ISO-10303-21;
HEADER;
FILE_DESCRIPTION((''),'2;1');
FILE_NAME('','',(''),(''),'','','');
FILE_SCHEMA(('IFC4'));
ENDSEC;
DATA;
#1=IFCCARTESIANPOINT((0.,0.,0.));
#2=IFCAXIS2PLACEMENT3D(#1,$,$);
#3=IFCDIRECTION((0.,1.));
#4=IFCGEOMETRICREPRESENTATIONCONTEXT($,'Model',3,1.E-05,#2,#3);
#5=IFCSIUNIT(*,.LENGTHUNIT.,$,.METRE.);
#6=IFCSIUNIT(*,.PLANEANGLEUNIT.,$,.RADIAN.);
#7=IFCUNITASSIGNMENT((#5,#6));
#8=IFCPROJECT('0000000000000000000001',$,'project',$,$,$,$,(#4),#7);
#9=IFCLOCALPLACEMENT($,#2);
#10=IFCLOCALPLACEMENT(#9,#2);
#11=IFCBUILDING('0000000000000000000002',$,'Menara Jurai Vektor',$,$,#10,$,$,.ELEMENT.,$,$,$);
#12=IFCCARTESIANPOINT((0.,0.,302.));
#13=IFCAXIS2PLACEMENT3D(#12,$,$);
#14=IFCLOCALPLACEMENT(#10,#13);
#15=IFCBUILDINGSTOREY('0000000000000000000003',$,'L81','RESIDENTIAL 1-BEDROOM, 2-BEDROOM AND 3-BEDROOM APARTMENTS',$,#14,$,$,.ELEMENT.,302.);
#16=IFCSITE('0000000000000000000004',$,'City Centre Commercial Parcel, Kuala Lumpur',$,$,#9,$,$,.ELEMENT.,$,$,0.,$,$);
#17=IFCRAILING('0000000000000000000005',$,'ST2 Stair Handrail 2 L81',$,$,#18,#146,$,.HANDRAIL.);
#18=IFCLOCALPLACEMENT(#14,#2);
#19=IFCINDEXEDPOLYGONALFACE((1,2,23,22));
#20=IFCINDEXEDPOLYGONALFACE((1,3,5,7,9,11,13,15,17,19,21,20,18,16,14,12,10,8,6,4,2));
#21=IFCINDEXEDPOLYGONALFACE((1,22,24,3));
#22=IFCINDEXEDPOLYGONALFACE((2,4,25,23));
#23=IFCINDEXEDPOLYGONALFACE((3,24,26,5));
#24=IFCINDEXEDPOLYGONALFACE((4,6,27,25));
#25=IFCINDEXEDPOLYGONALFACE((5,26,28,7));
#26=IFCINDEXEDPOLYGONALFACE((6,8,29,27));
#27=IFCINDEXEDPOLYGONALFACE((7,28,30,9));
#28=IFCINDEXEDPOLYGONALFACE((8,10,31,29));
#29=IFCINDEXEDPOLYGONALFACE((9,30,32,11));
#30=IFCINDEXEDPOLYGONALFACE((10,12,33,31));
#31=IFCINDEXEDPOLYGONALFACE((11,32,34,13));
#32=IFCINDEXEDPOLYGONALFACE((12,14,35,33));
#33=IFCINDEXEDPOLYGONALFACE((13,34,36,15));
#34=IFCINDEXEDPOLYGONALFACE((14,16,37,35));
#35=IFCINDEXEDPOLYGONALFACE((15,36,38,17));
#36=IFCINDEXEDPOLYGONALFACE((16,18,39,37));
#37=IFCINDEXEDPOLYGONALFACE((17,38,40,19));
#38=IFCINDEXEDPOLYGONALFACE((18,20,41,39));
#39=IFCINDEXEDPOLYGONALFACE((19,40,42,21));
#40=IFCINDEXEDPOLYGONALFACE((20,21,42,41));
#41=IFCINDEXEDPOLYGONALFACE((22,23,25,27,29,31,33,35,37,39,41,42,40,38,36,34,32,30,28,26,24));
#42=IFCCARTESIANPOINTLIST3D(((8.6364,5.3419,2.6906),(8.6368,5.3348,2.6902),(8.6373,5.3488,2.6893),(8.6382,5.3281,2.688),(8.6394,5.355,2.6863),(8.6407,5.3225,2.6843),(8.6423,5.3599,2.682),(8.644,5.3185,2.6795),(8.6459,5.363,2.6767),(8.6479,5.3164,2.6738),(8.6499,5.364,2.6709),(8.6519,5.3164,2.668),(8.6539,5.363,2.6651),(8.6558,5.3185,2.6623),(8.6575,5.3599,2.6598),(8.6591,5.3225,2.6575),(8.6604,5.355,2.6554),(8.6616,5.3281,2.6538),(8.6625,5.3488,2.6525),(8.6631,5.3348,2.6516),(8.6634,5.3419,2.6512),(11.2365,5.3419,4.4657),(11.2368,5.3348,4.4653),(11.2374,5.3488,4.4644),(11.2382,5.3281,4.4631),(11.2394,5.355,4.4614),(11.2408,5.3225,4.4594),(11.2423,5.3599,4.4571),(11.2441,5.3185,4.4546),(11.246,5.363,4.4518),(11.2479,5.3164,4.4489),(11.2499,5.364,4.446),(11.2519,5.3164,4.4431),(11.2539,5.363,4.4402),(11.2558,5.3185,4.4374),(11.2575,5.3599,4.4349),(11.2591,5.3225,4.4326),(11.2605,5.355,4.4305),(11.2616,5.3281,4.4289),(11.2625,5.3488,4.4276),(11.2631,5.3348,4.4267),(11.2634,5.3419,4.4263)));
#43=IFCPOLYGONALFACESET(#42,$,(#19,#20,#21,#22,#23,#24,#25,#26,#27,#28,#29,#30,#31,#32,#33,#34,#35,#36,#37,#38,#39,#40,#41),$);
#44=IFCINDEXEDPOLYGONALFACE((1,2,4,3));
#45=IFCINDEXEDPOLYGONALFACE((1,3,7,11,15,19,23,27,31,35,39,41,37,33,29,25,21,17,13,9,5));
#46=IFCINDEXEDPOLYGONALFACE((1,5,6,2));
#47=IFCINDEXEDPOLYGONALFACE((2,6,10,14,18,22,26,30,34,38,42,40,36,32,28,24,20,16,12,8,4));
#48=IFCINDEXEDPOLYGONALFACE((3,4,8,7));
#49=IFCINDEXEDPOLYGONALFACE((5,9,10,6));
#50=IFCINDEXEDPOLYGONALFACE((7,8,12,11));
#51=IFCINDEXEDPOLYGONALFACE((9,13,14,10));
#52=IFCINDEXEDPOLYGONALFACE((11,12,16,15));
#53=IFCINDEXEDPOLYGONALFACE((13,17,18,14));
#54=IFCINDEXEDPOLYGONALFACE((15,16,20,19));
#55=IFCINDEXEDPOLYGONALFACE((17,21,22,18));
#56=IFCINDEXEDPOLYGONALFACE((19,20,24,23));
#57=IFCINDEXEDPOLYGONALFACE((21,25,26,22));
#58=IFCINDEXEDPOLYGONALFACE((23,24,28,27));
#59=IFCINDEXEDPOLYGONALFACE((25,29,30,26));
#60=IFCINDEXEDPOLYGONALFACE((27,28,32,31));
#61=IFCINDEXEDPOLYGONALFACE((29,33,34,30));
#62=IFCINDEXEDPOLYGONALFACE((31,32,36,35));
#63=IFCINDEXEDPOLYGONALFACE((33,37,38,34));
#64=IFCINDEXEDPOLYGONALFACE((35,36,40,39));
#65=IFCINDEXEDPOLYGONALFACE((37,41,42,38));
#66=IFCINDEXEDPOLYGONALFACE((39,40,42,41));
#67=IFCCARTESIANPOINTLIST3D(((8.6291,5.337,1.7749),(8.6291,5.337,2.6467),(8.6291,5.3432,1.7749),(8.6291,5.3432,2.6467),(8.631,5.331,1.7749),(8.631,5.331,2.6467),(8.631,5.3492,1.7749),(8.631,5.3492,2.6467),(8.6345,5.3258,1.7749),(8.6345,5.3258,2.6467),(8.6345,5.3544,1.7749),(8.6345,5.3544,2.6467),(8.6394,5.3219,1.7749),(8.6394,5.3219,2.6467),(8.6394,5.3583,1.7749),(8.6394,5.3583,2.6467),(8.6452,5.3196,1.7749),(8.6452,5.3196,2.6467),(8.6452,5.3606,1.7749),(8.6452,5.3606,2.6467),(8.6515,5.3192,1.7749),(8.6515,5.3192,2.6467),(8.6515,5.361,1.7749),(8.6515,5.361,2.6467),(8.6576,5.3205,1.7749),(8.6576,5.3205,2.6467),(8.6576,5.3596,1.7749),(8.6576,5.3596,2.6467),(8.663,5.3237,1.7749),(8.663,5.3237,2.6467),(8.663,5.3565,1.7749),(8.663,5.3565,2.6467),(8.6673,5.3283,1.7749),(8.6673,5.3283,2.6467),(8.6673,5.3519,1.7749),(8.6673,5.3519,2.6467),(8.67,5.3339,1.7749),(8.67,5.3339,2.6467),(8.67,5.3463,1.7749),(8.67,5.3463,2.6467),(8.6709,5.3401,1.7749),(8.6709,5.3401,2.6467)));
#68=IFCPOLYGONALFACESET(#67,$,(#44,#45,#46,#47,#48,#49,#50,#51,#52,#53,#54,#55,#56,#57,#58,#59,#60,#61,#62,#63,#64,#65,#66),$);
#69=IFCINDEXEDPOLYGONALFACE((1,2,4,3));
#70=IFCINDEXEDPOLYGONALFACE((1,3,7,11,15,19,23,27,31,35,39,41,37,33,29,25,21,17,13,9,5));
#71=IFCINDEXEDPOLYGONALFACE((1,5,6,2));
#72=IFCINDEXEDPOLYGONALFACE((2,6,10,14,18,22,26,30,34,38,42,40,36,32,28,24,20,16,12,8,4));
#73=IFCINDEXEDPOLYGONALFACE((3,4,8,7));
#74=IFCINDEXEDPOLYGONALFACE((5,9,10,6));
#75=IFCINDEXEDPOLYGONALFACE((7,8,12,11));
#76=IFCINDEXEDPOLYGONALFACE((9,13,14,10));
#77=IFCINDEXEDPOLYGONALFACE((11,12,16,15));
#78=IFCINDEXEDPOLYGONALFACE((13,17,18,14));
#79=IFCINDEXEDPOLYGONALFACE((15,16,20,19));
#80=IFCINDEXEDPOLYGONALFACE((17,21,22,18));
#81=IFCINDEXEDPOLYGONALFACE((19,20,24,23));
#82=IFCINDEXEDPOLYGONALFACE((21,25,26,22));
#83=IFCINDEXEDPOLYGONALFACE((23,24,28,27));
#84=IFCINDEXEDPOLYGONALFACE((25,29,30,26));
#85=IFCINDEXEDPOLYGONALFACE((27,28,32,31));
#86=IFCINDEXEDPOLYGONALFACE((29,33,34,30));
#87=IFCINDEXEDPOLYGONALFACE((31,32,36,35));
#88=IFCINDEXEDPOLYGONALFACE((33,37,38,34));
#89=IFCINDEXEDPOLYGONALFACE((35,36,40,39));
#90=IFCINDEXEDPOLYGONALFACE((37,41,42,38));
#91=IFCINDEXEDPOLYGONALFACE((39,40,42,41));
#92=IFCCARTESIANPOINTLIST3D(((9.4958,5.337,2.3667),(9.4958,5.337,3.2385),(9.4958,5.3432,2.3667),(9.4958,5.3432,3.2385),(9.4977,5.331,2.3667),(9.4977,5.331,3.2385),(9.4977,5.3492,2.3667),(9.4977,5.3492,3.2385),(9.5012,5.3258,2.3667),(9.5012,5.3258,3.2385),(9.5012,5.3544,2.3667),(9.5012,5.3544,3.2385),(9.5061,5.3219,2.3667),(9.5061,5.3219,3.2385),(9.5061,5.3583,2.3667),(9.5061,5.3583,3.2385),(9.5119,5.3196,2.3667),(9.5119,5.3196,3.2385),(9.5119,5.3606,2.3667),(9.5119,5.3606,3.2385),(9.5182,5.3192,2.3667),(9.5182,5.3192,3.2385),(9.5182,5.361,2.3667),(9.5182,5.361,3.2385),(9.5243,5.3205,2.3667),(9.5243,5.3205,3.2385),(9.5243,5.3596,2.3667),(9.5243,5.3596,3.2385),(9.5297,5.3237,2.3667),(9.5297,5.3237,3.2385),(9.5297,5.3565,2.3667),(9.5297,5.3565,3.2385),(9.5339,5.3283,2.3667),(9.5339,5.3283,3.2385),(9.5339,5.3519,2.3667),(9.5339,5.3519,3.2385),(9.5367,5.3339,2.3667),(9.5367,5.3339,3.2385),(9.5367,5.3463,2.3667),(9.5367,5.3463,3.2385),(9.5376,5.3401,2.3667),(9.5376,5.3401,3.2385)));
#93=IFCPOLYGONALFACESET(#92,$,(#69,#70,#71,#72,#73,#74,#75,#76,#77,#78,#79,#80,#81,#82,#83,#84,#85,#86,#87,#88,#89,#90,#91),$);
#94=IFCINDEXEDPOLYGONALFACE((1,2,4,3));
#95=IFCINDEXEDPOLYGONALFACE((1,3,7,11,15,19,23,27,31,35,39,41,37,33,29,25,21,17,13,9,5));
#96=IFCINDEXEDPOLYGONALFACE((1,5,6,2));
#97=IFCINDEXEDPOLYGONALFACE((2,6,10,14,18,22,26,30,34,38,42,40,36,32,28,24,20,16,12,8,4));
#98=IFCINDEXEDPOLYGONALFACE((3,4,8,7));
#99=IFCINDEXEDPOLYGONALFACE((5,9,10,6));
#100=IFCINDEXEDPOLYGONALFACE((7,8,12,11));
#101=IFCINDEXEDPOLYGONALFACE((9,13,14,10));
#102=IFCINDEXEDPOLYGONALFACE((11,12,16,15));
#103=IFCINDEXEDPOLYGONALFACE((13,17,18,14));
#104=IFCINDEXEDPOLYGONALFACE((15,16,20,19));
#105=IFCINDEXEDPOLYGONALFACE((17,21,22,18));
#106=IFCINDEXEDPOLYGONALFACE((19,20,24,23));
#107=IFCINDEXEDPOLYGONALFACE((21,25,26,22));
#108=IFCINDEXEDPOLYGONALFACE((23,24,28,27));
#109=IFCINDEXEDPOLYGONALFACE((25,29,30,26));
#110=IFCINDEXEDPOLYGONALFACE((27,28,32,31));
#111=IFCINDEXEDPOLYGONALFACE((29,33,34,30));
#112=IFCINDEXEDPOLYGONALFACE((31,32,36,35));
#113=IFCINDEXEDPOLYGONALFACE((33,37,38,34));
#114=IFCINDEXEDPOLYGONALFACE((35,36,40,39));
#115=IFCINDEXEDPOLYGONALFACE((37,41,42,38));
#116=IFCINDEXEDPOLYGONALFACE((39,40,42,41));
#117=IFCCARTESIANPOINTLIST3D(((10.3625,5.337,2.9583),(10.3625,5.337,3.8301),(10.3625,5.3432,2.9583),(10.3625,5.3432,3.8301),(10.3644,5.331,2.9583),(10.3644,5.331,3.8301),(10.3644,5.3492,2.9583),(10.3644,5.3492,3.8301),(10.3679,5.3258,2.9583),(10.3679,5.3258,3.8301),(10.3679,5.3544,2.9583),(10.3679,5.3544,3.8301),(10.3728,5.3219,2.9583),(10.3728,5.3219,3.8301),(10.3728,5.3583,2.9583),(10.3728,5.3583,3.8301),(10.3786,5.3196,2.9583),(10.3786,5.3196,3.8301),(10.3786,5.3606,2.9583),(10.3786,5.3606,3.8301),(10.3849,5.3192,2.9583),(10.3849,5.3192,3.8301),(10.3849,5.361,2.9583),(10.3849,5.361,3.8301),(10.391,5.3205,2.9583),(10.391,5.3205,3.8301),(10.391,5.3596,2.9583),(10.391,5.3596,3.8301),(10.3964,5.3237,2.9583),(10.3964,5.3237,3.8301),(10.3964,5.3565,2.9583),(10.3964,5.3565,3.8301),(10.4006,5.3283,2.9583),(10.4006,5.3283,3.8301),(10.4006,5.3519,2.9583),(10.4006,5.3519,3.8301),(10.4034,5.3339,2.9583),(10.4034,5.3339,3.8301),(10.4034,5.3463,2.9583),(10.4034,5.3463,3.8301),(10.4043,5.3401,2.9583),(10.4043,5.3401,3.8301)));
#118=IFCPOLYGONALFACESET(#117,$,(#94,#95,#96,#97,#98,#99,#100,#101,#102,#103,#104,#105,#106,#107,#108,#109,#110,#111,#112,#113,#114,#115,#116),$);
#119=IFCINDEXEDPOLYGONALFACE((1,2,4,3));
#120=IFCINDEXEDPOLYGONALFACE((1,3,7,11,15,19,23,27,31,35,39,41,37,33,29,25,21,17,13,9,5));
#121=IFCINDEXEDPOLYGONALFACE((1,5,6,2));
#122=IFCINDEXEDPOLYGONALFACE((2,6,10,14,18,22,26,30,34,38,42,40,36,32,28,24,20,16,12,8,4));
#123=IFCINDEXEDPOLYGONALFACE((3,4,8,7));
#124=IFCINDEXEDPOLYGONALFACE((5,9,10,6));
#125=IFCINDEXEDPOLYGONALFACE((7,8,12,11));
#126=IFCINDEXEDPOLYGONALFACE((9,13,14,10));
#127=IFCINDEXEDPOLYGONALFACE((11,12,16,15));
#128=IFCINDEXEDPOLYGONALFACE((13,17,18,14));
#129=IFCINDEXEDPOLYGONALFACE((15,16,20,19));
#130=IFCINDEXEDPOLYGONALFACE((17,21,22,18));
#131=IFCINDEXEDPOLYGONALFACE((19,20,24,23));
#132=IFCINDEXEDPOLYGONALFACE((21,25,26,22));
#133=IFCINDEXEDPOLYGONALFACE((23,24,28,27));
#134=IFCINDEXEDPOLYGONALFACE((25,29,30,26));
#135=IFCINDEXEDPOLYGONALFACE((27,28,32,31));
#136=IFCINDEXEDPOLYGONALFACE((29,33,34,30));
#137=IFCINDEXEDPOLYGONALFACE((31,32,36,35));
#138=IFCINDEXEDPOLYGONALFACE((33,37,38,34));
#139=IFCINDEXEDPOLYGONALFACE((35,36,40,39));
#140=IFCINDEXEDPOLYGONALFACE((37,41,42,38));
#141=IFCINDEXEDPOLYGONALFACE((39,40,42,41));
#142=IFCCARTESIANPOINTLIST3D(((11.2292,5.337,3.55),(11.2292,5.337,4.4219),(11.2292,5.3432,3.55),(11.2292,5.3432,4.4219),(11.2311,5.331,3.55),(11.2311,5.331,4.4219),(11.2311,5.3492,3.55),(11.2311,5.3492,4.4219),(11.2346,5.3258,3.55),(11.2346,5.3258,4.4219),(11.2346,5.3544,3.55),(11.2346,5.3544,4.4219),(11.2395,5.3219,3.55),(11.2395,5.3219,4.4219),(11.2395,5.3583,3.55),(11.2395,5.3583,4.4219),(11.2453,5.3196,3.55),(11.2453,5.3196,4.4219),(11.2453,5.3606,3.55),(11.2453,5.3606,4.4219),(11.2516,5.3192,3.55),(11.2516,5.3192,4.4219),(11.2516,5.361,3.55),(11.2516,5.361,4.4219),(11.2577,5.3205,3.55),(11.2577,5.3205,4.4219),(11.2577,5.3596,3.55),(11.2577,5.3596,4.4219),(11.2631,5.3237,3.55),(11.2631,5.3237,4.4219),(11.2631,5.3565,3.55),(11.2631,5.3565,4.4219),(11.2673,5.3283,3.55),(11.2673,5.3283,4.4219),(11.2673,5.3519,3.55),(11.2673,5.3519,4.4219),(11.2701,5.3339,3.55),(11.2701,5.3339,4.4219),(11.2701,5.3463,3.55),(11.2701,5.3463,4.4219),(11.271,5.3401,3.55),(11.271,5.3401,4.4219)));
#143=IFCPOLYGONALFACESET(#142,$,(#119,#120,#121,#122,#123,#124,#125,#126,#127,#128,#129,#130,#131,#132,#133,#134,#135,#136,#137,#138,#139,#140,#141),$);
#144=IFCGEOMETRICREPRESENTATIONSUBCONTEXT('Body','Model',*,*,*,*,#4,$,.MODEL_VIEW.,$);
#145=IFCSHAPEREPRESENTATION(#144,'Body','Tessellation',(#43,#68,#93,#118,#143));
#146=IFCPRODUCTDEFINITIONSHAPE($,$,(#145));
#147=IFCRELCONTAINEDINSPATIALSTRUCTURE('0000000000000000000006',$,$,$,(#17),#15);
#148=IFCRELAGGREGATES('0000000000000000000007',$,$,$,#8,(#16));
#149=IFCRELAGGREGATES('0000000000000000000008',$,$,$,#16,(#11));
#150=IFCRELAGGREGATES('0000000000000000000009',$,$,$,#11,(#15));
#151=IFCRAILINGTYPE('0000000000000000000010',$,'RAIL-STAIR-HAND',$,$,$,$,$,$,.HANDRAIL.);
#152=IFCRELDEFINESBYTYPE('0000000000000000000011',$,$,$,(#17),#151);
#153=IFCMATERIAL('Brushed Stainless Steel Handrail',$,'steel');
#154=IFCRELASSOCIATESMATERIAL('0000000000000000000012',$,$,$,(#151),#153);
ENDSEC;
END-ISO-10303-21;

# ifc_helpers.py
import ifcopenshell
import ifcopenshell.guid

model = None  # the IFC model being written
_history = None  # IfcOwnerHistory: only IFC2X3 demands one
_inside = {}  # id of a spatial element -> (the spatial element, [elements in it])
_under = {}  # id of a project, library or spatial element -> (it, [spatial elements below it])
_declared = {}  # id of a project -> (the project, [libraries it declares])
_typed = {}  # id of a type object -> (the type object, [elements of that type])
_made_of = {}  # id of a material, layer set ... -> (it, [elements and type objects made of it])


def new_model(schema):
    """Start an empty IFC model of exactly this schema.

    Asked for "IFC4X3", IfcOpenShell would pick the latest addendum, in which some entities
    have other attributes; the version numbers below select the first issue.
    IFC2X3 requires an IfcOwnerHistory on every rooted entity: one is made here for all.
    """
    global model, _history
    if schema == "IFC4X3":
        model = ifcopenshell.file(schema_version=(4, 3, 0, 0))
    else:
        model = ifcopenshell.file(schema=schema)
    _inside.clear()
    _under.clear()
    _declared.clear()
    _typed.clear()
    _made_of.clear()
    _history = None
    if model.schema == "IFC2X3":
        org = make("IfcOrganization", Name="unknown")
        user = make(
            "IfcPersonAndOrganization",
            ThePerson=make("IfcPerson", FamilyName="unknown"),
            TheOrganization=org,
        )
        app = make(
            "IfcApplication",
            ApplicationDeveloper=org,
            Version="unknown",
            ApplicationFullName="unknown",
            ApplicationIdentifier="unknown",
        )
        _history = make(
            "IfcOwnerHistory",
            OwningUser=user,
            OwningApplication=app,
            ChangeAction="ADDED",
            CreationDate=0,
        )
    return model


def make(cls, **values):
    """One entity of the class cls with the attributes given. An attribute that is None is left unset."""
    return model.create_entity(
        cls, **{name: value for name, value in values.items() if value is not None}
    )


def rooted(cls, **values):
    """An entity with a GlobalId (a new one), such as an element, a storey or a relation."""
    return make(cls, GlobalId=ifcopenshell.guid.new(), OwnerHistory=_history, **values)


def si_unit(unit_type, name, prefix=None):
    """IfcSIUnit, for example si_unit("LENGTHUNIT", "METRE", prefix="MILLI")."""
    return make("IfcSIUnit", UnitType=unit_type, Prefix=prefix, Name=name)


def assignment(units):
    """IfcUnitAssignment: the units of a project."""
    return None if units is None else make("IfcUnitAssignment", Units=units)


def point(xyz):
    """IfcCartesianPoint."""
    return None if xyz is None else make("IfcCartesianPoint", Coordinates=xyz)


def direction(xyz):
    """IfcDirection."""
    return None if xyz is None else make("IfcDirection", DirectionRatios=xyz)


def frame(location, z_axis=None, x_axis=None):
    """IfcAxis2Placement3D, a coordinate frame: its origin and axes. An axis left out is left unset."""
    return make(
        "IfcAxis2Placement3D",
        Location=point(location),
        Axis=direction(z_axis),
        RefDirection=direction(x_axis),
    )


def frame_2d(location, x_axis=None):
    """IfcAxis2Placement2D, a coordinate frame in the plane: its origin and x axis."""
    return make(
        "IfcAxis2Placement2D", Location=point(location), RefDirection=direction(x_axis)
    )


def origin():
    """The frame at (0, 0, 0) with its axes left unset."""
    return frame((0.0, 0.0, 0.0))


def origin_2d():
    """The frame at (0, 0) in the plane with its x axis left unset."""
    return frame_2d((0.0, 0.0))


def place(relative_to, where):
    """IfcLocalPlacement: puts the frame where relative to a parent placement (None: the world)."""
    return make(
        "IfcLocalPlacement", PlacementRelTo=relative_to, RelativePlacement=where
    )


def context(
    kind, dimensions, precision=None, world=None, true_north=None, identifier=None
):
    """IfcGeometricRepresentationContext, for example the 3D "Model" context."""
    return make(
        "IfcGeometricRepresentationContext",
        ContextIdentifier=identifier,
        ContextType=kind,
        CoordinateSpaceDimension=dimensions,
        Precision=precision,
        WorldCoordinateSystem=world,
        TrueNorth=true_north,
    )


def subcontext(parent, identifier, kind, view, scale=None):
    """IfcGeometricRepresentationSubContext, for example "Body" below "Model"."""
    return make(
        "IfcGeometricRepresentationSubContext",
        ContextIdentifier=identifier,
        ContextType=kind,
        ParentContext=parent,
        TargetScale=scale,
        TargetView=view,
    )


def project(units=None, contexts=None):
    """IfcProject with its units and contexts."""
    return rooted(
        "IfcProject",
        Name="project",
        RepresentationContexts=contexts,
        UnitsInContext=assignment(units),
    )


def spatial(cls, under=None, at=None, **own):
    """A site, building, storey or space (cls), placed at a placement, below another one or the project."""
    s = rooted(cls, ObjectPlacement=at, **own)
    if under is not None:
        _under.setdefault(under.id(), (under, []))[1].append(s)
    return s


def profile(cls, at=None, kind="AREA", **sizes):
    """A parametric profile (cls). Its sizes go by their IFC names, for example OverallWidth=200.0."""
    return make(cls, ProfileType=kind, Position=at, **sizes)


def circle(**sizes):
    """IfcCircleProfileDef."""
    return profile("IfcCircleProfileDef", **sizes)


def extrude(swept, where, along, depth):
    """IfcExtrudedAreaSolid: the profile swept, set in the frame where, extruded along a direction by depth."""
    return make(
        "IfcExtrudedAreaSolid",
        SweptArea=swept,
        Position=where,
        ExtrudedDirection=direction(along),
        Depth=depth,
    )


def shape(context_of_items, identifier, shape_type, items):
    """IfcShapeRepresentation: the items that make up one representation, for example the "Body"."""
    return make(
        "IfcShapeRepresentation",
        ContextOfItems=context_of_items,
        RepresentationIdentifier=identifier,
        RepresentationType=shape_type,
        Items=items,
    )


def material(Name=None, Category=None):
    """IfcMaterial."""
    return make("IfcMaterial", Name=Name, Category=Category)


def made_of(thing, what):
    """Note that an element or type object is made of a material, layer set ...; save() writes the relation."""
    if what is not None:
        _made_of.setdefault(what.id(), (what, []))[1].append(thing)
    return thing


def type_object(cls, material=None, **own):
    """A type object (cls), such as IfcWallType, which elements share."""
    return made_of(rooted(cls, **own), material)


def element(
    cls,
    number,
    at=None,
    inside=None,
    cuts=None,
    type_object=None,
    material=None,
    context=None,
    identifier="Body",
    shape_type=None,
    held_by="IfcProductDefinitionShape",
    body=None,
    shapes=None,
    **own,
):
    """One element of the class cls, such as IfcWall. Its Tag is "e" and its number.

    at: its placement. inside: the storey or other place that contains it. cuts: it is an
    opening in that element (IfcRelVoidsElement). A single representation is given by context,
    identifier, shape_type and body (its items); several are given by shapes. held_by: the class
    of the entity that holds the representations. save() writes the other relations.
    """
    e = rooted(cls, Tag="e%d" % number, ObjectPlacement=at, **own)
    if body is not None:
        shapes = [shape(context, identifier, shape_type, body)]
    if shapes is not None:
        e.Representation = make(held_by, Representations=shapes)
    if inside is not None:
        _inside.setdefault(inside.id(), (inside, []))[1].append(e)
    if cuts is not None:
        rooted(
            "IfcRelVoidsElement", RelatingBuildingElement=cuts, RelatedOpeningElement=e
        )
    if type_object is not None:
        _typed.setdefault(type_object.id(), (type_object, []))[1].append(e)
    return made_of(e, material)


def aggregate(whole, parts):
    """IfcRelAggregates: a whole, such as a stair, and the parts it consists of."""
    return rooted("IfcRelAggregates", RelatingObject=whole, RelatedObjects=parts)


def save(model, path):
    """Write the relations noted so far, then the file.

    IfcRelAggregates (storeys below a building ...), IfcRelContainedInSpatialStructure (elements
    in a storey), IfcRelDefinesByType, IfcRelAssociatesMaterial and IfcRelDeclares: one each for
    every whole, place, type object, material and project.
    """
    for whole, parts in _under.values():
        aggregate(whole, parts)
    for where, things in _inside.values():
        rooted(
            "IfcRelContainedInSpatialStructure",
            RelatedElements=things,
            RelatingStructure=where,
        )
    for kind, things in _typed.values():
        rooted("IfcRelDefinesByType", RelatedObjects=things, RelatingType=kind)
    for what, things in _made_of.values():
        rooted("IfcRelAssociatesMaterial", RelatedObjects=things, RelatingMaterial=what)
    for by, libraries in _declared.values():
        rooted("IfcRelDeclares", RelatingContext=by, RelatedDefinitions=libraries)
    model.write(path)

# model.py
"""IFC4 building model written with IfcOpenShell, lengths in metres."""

from ifc_helpers import new_model, si_unit, direction, frame, origin, origin_2d, place, context, subcontext, project, spatial, circle, extrude, material, type_object, element, save


model = new_model("IFC4")

# Units and contexts
model_context = context("Model", 3, precision=1e-05, world=origin(), true_north=direction((0.0, 1.0)))
body_context = subcontext(model_context, "Body", "Model", "MODEL_VIEW")
ifc_project = project(units=[si_unit("LENGTHUNIT", "METRE"), si_unit("PLANEANGLEUNIT", "RADIAN")], contexts=[model_context])

# Site, building, storey
site_placement = place(None, origin())
site = spatial("IfcSite", under=ifc_project, at=site_placement, Name="City Centre Commercial Parcel, Kuala Lumpur", CompositionType="ELEMENT", RefElevation=0.0)
building_placement = place(site_placement, origin())
building = spatial("IfcBuilding", under=site, at=building_placement, Name="Menara Jurai Vektor", CompositionType="ELEMENT")
storey_placement = place(building_placement, frame((0.0, 0.0, 302.0)))
storey = spatial("IfcBuildingStorey", under=building, at=storey_placement, Name="L81", Description="RESIDENTIAL 1-BEDROOM, 2-BEDROOM AND 3-BEDROOM APARTMENTS", CompositionType="ELEMENT", Elevation=302.0)

# Railing
ifc_material_1 = material(Name="Brushed Stainless Steel Handrail", Category="steel")
railing_type_1 = type_object("IfcRailingType", Name="RAIL-STAIR-HAND", PredefinedType="HANDRAIL", material=ifc_material_1)
railing_1_placement = place(storey_placement, frame((8.6499, 5.3401, 1.7749)))
element("IfcRailing", 1, at=railing_1_placement, inside=storey, type_object=railing_type_1, Name="ST2 Stair Handrail 2 L81", PredefinedType="HANDRAIL", context=body_context, shape_type="SweptSolid", body=[
    extrude(circle(Radius=0.0239, at=origin_2d()), frame((0.0, 0.0, 0.896), z_axis=(0.825879, 0.0, 0.563847), x_axis=(0.0, 1.0, 0.0)), (0.0, 0.0, 1.0), 3.1482),
    extrude(circle(Radius=0.021, at=origin_2d()), origin(), (0.0, 0.0, 1.0), 0.8718),
    extrude(circle(Radius=0.021, at=origin_2d()), frame((0.8667, 0.0, 0.5918)), (0.0, 0.0, 1.0), 0.8718),
    extrude(circle(Radius=0.021, at=origin_2d()), frame((1.7334, 0.0, 1.1833)), (0.0, 0.0, 1.0), 0.8718),
    extrude(circle(Radius=0.021, at=origin_2d()), frame((2.6001, 0.0, 1.7751)), (0.0, 0.0, 1.0), 0.8718),
])

save(model, "model.ifc")
